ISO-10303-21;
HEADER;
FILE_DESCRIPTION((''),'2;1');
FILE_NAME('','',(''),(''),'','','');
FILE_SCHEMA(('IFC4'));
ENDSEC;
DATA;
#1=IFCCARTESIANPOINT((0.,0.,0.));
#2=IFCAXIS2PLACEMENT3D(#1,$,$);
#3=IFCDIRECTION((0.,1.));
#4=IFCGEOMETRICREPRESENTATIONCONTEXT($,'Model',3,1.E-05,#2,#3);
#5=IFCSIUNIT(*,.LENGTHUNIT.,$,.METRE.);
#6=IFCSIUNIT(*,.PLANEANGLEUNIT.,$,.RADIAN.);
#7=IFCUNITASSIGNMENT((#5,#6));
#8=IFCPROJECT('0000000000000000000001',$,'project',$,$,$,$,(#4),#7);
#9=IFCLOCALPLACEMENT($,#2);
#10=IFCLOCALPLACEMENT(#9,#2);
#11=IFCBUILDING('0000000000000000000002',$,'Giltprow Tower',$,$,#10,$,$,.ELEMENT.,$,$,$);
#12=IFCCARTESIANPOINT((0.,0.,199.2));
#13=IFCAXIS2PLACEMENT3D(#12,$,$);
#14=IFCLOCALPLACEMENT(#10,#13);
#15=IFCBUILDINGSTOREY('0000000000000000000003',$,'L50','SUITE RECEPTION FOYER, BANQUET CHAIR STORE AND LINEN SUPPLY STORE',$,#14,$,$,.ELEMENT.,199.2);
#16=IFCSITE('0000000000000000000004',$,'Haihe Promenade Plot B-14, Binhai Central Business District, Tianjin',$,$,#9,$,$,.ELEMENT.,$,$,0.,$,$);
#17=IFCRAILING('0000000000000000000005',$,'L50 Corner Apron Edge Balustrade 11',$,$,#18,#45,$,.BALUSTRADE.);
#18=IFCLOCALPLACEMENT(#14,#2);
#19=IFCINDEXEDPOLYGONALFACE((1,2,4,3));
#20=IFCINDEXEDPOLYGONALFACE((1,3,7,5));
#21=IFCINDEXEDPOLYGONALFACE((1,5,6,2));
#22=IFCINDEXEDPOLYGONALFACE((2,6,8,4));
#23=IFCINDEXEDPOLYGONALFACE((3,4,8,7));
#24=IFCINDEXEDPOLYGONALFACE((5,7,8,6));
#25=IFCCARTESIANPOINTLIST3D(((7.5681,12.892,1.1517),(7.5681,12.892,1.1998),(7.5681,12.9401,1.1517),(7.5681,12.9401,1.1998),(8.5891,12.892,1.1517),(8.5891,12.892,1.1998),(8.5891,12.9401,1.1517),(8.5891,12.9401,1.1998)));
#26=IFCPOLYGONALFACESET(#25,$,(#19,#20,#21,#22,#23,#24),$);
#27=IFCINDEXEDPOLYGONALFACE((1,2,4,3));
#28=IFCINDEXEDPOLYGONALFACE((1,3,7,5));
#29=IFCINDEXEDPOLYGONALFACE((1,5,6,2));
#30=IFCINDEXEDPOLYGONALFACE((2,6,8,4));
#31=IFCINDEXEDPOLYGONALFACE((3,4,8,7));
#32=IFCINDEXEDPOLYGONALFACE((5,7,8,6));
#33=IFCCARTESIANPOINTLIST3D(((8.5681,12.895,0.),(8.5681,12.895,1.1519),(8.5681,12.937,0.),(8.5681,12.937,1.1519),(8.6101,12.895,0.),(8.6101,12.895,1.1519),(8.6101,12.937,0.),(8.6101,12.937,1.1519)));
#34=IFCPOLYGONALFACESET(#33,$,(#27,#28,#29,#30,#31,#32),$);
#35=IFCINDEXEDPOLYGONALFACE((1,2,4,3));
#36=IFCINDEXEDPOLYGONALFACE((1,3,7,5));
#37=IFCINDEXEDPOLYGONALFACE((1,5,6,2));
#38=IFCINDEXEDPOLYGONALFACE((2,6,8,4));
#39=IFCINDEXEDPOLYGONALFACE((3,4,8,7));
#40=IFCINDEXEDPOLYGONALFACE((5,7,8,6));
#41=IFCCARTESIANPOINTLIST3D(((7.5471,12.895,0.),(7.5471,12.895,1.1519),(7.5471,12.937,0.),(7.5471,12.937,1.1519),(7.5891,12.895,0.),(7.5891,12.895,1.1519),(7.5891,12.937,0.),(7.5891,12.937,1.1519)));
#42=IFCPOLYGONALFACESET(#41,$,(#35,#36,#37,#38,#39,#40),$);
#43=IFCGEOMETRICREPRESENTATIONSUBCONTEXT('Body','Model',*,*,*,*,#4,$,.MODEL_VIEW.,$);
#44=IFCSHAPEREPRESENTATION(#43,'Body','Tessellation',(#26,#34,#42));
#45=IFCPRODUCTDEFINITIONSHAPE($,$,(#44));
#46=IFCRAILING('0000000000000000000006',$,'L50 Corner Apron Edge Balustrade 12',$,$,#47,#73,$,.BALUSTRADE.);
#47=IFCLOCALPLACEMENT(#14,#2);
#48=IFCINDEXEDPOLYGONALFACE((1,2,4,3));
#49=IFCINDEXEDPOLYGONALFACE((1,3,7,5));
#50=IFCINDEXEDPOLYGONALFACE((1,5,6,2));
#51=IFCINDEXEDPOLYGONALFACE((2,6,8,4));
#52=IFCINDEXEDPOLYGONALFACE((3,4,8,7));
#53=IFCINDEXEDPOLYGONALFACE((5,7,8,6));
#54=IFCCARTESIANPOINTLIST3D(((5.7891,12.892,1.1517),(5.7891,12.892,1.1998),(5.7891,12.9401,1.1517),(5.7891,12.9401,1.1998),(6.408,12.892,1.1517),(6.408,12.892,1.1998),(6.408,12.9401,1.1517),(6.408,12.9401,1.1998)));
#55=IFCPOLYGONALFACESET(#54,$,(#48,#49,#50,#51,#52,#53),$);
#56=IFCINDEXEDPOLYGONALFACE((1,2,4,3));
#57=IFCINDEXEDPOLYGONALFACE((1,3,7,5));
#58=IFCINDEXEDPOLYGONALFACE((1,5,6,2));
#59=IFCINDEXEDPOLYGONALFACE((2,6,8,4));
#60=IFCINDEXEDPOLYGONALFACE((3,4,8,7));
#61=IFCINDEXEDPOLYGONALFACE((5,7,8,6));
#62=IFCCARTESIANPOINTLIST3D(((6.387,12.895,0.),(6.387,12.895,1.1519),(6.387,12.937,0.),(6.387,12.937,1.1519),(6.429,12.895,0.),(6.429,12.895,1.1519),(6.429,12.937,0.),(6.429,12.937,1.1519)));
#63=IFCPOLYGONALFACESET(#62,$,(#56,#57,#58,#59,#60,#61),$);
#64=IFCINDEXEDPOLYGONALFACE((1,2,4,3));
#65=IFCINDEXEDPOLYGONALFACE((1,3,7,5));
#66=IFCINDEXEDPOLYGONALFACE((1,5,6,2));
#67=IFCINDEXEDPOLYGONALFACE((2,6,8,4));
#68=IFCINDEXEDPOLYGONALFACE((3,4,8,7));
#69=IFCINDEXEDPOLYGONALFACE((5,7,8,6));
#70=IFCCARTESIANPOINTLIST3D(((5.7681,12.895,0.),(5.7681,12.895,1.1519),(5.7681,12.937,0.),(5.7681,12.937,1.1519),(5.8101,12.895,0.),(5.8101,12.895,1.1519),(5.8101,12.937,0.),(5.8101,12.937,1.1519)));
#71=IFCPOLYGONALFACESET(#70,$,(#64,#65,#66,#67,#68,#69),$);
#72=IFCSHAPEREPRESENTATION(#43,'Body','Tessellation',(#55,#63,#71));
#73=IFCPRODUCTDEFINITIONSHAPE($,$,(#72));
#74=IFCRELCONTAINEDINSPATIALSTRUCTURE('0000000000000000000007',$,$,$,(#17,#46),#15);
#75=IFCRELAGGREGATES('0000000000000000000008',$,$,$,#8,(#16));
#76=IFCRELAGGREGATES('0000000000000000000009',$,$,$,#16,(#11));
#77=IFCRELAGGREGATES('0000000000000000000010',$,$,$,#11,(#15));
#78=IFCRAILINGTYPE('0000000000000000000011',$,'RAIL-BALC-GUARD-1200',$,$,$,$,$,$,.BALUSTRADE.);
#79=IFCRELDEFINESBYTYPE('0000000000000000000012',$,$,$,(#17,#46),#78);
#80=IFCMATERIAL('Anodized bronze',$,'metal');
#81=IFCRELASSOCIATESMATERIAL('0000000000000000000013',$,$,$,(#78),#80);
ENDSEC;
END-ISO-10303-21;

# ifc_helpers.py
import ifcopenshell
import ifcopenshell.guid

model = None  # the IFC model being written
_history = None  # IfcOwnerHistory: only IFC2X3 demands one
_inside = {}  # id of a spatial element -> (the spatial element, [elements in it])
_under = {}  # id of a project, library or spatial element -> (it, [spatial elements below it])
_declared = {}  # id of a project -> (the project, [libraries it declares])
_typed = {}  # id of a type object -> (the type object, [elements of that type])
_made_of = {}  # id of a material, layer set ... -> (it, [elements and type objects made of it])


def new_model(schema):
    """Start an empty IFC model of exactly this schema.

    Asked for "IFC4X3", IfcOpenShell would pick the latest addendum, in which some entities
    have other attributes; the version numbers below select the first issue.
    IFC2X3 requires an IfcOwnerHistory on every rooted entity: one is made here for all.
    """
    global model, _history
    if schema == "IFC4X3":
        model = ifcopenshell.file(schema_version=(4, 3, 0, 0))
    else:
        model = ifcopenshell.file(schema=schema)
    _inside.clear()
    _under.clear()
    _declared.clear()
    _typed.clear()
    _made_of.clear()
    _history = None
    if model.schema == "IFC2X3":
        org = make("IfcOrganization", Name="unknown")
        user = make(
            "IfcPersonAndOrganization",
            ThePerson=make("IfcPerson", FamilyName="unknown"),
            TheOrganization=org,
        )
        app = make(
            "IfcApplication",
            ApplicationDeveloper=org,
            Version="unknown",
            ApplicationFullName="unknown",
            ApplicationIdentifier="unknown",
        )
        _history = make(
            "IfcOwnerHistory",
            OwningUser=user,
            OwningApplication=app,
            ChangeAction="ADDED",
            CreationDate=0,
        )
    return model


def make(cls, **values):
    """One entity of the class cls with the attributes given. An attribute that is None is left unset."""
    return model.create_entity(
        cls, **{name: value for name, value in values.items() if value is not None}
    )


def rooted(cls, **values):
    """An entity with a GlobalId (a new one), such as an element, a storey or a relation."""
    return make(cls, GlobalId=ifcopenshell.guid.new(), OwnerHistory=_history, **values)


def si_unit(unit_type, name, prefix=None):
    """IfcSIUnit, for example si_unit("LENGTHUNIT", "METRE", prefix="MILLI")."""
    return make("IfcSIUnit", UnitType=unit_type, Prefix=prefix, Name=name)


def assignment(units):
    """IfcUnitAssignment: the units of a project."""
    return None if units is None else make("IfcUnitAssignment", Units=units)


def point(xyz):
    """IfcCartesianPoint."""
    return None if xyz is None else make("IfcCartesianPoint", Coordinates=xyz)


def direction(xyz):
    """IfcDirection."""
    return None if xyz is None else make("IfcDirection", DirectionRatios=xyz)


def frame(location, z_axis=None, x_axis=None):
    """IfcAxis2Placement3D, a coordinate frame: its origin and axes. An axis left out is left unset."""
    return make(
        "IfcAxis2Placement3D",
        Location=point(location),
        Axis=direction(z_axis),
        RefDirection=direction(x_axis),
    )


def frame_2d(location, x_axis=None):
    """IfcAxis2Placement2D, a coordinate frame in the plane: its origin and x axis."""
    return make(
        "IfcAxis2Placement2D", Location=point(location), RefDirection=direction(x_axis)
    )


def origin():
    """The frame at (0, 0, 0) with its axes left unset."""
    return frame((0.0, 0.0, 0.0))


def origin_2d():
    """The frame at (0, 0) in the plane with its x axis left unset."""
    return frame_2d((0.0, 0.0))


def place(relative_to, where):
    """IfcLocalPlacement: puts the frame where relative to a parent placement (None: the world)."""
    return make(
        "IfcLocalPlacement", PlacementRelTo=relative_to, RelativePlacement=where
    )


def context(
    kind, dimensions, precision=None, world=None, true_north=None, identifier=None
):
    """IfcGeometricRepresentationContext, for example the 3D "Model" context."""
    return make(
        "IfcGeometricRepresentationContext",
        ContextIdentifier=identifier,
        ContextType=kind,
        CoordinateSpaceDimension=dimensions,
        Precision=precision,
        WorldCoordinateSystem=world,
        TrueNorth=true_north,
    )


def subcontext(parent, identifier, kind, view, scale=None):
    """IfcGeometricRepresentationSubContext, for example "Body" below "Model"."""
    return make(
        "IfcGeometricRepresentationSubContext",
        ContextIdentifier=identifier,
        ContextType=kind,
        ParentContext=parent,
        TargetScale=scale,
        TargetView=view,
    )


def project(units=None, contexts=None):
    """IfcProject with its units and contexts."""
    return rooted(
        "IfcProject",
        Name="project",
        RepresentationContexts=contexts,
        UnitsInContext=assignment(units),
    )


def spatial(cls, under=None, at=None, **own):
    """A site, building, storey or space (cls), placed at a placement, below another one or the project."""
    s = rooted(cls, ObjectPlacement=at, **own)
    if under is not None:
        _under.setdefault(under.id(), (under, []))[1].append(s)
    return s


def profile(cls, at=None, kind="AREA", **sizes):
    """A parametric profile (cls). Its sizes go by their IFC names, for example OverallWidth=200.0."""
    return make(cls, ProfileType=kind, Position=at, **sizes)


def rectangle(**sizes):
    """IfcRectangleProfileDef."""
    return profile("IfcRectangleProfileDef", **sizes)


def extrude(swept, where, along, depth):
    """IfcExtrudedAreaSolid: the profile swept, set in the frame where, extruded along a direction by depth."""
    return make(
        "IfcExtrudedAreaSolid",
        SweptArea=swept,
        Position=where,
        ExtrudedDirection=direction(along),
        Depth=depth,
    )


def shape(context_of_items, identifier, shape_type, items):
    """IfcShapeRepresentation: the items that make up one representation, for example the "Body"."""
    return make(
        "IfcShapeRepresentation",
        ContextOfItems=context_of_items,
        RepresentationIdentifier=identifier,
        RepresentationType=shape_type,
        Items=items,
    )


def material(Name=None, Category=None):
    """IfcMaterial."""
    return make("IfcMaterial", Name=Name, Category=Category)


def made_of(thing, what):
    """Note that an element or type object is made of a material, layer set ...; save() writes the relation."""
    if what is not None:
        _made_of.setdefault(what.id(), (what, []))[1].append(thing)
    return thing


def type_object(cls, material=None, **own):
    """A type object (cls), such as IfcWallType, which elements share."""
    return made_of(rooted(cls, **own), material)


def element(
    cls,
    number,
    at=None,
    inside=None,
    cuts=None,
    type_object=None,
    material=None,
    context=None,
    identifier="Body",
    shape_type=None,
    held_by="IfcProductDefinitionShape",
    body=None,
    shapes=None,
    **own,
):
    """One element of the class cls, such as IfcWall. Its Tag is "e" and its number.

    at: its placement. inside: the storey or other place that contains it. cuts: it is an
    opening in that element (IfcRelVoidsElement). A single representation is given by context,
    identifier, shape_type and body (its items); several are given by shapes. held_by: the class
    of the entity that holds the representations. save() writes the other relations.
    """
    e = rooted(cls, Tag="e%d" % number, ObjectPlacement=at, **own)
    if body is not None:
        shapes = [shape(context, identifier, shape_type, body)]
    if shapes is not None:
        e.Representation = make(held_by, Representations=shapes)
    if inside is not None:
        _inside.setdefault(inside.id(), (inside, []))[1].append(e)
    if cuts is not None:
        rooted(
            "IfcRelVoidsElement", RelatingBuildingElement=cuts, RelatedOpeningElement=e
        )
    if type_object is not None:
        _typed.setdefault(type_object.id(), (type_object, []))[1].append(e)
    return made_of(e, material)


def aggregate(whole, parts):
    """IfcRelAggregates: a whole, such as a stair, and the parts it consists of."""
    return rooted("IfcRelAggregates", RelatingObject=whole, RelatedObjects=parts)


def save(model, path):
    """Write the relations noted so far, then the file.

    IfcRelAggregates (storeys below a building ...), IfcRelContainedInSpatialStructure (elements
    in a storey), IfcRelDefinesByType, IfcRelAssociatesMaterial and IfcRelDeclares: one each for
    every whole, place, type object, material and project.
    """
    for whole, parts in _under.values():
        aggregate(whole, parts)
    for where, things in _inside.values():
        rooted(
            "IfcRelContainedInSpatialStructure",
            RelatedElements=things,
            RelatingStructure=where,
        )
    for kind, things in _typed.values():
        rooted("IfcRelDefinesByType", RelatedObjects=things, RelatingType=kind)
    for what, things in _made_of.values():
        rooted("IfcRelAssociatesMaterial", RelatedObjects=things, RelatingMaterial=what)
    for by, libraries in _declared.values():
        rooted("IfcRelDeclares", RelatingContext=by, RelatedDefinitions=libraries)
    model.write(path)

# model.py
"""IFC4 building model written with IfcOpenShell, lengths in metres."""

from ifc_helpers import new_model, si_unit, direction, frame, origin, origin_2d, place, context, subcontext, project, spatial, rectangle, extrude, material, type_object, element, save


model = new_model("IFC4")

# Units and contexts
model_context = context("Model", 3, precision=1e-05, world=origin(), true_north=direction((0.0, 1.0)))
body_context = subcontext(model_context, "Body", "Model", "MODEL_VIEW")
ifc_project = project(units=[si_unit("LENGTHUNIT", "METRE"), si_unit("PLANEANGLEUNIT", "RADIAN")], contexts=[model_context])

# Site, building, storey
site_placement = place(None, origin())
site = spatial("IfcSite", under=ifc_project, at=site_placement, Name="Haihe Promenade Plot B-14, Binhai Central Business District, Tianjin", CompositionType="ELEMENT", RefElevation=0.0)
building_placement = place(site_placement, origin())
building = spatial("IfcBuilding", under=site, at=building_placement, Name="Giltprow Tower", CompositionType="ELEMENT")
storey_placement = place(building_placement, frame((0.0, 0.0, 199.2)))
storey = spatial("IfcBuildingStorey", under=building, at=storey_placement, Name="L50", Description="SUITE RECEPTION FOYER, BANQUET CHAIR STORE AND LINEN SUPPLY STORE", CompositionType="ELEMENT", Elevation=199.2)

# Shared definitions
ifc_material_1 = material(Name="Anodized bronze", Category="metal")

# Railings
railing_type = type_object("IfcRailingType", Name="RAIL-BALC-GUARD-1200", PredefinedType="BALUSTRADE", material=ifc_material_1)
railing_1_placement = place(storey_placement, frame((8.5891, 12.916, 0.0)))
element("IfcRailing", 1, at=railing_1_placement, inside=storey, type_object=railing_type, Name="L50 Corner Apron Edge Balustrade 11", PredefinedType="BALUSTRADE", context=body_context, shape_type="SweptSolid", body=[
    extrude(rectangle(XDim=0.0481, YDim=0.0481, at=origin_2d()), frame((0.0, 0.0, 1.1758), z_axis=(-1.0, 0.0, 0.0), x_axis=(0.0, -1.0, 0.0)), (0.0, 0.0, 1.0), 1.021),
    extrude(rectangle(XDim=0.042, YDim=0.042, at=origin_2d()), origin(), (0.0, 0.0, 1.0), 1.1519),
    extrude(rectangle(XDim=0.042, YDim=0.042, at=origin_2d()), frame((-1.021, 0.0, 0.0)), (0.0, 0.0, 1.0), 1.1519),
])
railing_2_placement = place(storey_placement, frame((6.408, 12.916, 0.0)))
element("IfcRailing", 2, at=railing_2_placement, inside=storey, type_object=railing_type, Name="L50 Corner Apron Edge Balustrade 12", PredefinedType="BALUSTRADE", context=body_context, shape_type="SweptSolid", body=[
    extrude(rectangle(XDim=0.0481, YDim=0.0481, at=origin_2d()), frame((0.0, 0.0, 1.1758), z_axis=(-1.0, 0.0, 0.0), x_axis=(0.0, -1.0, 0.0)), (0.0, 0.0, 1.0), 0.6189),
    extrude(rectangle(XDim=0.042, YDim=0.042, at=origin_2d()), origin(), (0.0, 0.0, 1.0), 1.1519),
    extrude(rectangle(XDim=0.042, YDim=0.042, at=origin_2d()), frame((-0.6189, 0.0, 0.0)), (0.0, 0.0, 1.0), 1.1519),
])

save(model, "model.ifc")
